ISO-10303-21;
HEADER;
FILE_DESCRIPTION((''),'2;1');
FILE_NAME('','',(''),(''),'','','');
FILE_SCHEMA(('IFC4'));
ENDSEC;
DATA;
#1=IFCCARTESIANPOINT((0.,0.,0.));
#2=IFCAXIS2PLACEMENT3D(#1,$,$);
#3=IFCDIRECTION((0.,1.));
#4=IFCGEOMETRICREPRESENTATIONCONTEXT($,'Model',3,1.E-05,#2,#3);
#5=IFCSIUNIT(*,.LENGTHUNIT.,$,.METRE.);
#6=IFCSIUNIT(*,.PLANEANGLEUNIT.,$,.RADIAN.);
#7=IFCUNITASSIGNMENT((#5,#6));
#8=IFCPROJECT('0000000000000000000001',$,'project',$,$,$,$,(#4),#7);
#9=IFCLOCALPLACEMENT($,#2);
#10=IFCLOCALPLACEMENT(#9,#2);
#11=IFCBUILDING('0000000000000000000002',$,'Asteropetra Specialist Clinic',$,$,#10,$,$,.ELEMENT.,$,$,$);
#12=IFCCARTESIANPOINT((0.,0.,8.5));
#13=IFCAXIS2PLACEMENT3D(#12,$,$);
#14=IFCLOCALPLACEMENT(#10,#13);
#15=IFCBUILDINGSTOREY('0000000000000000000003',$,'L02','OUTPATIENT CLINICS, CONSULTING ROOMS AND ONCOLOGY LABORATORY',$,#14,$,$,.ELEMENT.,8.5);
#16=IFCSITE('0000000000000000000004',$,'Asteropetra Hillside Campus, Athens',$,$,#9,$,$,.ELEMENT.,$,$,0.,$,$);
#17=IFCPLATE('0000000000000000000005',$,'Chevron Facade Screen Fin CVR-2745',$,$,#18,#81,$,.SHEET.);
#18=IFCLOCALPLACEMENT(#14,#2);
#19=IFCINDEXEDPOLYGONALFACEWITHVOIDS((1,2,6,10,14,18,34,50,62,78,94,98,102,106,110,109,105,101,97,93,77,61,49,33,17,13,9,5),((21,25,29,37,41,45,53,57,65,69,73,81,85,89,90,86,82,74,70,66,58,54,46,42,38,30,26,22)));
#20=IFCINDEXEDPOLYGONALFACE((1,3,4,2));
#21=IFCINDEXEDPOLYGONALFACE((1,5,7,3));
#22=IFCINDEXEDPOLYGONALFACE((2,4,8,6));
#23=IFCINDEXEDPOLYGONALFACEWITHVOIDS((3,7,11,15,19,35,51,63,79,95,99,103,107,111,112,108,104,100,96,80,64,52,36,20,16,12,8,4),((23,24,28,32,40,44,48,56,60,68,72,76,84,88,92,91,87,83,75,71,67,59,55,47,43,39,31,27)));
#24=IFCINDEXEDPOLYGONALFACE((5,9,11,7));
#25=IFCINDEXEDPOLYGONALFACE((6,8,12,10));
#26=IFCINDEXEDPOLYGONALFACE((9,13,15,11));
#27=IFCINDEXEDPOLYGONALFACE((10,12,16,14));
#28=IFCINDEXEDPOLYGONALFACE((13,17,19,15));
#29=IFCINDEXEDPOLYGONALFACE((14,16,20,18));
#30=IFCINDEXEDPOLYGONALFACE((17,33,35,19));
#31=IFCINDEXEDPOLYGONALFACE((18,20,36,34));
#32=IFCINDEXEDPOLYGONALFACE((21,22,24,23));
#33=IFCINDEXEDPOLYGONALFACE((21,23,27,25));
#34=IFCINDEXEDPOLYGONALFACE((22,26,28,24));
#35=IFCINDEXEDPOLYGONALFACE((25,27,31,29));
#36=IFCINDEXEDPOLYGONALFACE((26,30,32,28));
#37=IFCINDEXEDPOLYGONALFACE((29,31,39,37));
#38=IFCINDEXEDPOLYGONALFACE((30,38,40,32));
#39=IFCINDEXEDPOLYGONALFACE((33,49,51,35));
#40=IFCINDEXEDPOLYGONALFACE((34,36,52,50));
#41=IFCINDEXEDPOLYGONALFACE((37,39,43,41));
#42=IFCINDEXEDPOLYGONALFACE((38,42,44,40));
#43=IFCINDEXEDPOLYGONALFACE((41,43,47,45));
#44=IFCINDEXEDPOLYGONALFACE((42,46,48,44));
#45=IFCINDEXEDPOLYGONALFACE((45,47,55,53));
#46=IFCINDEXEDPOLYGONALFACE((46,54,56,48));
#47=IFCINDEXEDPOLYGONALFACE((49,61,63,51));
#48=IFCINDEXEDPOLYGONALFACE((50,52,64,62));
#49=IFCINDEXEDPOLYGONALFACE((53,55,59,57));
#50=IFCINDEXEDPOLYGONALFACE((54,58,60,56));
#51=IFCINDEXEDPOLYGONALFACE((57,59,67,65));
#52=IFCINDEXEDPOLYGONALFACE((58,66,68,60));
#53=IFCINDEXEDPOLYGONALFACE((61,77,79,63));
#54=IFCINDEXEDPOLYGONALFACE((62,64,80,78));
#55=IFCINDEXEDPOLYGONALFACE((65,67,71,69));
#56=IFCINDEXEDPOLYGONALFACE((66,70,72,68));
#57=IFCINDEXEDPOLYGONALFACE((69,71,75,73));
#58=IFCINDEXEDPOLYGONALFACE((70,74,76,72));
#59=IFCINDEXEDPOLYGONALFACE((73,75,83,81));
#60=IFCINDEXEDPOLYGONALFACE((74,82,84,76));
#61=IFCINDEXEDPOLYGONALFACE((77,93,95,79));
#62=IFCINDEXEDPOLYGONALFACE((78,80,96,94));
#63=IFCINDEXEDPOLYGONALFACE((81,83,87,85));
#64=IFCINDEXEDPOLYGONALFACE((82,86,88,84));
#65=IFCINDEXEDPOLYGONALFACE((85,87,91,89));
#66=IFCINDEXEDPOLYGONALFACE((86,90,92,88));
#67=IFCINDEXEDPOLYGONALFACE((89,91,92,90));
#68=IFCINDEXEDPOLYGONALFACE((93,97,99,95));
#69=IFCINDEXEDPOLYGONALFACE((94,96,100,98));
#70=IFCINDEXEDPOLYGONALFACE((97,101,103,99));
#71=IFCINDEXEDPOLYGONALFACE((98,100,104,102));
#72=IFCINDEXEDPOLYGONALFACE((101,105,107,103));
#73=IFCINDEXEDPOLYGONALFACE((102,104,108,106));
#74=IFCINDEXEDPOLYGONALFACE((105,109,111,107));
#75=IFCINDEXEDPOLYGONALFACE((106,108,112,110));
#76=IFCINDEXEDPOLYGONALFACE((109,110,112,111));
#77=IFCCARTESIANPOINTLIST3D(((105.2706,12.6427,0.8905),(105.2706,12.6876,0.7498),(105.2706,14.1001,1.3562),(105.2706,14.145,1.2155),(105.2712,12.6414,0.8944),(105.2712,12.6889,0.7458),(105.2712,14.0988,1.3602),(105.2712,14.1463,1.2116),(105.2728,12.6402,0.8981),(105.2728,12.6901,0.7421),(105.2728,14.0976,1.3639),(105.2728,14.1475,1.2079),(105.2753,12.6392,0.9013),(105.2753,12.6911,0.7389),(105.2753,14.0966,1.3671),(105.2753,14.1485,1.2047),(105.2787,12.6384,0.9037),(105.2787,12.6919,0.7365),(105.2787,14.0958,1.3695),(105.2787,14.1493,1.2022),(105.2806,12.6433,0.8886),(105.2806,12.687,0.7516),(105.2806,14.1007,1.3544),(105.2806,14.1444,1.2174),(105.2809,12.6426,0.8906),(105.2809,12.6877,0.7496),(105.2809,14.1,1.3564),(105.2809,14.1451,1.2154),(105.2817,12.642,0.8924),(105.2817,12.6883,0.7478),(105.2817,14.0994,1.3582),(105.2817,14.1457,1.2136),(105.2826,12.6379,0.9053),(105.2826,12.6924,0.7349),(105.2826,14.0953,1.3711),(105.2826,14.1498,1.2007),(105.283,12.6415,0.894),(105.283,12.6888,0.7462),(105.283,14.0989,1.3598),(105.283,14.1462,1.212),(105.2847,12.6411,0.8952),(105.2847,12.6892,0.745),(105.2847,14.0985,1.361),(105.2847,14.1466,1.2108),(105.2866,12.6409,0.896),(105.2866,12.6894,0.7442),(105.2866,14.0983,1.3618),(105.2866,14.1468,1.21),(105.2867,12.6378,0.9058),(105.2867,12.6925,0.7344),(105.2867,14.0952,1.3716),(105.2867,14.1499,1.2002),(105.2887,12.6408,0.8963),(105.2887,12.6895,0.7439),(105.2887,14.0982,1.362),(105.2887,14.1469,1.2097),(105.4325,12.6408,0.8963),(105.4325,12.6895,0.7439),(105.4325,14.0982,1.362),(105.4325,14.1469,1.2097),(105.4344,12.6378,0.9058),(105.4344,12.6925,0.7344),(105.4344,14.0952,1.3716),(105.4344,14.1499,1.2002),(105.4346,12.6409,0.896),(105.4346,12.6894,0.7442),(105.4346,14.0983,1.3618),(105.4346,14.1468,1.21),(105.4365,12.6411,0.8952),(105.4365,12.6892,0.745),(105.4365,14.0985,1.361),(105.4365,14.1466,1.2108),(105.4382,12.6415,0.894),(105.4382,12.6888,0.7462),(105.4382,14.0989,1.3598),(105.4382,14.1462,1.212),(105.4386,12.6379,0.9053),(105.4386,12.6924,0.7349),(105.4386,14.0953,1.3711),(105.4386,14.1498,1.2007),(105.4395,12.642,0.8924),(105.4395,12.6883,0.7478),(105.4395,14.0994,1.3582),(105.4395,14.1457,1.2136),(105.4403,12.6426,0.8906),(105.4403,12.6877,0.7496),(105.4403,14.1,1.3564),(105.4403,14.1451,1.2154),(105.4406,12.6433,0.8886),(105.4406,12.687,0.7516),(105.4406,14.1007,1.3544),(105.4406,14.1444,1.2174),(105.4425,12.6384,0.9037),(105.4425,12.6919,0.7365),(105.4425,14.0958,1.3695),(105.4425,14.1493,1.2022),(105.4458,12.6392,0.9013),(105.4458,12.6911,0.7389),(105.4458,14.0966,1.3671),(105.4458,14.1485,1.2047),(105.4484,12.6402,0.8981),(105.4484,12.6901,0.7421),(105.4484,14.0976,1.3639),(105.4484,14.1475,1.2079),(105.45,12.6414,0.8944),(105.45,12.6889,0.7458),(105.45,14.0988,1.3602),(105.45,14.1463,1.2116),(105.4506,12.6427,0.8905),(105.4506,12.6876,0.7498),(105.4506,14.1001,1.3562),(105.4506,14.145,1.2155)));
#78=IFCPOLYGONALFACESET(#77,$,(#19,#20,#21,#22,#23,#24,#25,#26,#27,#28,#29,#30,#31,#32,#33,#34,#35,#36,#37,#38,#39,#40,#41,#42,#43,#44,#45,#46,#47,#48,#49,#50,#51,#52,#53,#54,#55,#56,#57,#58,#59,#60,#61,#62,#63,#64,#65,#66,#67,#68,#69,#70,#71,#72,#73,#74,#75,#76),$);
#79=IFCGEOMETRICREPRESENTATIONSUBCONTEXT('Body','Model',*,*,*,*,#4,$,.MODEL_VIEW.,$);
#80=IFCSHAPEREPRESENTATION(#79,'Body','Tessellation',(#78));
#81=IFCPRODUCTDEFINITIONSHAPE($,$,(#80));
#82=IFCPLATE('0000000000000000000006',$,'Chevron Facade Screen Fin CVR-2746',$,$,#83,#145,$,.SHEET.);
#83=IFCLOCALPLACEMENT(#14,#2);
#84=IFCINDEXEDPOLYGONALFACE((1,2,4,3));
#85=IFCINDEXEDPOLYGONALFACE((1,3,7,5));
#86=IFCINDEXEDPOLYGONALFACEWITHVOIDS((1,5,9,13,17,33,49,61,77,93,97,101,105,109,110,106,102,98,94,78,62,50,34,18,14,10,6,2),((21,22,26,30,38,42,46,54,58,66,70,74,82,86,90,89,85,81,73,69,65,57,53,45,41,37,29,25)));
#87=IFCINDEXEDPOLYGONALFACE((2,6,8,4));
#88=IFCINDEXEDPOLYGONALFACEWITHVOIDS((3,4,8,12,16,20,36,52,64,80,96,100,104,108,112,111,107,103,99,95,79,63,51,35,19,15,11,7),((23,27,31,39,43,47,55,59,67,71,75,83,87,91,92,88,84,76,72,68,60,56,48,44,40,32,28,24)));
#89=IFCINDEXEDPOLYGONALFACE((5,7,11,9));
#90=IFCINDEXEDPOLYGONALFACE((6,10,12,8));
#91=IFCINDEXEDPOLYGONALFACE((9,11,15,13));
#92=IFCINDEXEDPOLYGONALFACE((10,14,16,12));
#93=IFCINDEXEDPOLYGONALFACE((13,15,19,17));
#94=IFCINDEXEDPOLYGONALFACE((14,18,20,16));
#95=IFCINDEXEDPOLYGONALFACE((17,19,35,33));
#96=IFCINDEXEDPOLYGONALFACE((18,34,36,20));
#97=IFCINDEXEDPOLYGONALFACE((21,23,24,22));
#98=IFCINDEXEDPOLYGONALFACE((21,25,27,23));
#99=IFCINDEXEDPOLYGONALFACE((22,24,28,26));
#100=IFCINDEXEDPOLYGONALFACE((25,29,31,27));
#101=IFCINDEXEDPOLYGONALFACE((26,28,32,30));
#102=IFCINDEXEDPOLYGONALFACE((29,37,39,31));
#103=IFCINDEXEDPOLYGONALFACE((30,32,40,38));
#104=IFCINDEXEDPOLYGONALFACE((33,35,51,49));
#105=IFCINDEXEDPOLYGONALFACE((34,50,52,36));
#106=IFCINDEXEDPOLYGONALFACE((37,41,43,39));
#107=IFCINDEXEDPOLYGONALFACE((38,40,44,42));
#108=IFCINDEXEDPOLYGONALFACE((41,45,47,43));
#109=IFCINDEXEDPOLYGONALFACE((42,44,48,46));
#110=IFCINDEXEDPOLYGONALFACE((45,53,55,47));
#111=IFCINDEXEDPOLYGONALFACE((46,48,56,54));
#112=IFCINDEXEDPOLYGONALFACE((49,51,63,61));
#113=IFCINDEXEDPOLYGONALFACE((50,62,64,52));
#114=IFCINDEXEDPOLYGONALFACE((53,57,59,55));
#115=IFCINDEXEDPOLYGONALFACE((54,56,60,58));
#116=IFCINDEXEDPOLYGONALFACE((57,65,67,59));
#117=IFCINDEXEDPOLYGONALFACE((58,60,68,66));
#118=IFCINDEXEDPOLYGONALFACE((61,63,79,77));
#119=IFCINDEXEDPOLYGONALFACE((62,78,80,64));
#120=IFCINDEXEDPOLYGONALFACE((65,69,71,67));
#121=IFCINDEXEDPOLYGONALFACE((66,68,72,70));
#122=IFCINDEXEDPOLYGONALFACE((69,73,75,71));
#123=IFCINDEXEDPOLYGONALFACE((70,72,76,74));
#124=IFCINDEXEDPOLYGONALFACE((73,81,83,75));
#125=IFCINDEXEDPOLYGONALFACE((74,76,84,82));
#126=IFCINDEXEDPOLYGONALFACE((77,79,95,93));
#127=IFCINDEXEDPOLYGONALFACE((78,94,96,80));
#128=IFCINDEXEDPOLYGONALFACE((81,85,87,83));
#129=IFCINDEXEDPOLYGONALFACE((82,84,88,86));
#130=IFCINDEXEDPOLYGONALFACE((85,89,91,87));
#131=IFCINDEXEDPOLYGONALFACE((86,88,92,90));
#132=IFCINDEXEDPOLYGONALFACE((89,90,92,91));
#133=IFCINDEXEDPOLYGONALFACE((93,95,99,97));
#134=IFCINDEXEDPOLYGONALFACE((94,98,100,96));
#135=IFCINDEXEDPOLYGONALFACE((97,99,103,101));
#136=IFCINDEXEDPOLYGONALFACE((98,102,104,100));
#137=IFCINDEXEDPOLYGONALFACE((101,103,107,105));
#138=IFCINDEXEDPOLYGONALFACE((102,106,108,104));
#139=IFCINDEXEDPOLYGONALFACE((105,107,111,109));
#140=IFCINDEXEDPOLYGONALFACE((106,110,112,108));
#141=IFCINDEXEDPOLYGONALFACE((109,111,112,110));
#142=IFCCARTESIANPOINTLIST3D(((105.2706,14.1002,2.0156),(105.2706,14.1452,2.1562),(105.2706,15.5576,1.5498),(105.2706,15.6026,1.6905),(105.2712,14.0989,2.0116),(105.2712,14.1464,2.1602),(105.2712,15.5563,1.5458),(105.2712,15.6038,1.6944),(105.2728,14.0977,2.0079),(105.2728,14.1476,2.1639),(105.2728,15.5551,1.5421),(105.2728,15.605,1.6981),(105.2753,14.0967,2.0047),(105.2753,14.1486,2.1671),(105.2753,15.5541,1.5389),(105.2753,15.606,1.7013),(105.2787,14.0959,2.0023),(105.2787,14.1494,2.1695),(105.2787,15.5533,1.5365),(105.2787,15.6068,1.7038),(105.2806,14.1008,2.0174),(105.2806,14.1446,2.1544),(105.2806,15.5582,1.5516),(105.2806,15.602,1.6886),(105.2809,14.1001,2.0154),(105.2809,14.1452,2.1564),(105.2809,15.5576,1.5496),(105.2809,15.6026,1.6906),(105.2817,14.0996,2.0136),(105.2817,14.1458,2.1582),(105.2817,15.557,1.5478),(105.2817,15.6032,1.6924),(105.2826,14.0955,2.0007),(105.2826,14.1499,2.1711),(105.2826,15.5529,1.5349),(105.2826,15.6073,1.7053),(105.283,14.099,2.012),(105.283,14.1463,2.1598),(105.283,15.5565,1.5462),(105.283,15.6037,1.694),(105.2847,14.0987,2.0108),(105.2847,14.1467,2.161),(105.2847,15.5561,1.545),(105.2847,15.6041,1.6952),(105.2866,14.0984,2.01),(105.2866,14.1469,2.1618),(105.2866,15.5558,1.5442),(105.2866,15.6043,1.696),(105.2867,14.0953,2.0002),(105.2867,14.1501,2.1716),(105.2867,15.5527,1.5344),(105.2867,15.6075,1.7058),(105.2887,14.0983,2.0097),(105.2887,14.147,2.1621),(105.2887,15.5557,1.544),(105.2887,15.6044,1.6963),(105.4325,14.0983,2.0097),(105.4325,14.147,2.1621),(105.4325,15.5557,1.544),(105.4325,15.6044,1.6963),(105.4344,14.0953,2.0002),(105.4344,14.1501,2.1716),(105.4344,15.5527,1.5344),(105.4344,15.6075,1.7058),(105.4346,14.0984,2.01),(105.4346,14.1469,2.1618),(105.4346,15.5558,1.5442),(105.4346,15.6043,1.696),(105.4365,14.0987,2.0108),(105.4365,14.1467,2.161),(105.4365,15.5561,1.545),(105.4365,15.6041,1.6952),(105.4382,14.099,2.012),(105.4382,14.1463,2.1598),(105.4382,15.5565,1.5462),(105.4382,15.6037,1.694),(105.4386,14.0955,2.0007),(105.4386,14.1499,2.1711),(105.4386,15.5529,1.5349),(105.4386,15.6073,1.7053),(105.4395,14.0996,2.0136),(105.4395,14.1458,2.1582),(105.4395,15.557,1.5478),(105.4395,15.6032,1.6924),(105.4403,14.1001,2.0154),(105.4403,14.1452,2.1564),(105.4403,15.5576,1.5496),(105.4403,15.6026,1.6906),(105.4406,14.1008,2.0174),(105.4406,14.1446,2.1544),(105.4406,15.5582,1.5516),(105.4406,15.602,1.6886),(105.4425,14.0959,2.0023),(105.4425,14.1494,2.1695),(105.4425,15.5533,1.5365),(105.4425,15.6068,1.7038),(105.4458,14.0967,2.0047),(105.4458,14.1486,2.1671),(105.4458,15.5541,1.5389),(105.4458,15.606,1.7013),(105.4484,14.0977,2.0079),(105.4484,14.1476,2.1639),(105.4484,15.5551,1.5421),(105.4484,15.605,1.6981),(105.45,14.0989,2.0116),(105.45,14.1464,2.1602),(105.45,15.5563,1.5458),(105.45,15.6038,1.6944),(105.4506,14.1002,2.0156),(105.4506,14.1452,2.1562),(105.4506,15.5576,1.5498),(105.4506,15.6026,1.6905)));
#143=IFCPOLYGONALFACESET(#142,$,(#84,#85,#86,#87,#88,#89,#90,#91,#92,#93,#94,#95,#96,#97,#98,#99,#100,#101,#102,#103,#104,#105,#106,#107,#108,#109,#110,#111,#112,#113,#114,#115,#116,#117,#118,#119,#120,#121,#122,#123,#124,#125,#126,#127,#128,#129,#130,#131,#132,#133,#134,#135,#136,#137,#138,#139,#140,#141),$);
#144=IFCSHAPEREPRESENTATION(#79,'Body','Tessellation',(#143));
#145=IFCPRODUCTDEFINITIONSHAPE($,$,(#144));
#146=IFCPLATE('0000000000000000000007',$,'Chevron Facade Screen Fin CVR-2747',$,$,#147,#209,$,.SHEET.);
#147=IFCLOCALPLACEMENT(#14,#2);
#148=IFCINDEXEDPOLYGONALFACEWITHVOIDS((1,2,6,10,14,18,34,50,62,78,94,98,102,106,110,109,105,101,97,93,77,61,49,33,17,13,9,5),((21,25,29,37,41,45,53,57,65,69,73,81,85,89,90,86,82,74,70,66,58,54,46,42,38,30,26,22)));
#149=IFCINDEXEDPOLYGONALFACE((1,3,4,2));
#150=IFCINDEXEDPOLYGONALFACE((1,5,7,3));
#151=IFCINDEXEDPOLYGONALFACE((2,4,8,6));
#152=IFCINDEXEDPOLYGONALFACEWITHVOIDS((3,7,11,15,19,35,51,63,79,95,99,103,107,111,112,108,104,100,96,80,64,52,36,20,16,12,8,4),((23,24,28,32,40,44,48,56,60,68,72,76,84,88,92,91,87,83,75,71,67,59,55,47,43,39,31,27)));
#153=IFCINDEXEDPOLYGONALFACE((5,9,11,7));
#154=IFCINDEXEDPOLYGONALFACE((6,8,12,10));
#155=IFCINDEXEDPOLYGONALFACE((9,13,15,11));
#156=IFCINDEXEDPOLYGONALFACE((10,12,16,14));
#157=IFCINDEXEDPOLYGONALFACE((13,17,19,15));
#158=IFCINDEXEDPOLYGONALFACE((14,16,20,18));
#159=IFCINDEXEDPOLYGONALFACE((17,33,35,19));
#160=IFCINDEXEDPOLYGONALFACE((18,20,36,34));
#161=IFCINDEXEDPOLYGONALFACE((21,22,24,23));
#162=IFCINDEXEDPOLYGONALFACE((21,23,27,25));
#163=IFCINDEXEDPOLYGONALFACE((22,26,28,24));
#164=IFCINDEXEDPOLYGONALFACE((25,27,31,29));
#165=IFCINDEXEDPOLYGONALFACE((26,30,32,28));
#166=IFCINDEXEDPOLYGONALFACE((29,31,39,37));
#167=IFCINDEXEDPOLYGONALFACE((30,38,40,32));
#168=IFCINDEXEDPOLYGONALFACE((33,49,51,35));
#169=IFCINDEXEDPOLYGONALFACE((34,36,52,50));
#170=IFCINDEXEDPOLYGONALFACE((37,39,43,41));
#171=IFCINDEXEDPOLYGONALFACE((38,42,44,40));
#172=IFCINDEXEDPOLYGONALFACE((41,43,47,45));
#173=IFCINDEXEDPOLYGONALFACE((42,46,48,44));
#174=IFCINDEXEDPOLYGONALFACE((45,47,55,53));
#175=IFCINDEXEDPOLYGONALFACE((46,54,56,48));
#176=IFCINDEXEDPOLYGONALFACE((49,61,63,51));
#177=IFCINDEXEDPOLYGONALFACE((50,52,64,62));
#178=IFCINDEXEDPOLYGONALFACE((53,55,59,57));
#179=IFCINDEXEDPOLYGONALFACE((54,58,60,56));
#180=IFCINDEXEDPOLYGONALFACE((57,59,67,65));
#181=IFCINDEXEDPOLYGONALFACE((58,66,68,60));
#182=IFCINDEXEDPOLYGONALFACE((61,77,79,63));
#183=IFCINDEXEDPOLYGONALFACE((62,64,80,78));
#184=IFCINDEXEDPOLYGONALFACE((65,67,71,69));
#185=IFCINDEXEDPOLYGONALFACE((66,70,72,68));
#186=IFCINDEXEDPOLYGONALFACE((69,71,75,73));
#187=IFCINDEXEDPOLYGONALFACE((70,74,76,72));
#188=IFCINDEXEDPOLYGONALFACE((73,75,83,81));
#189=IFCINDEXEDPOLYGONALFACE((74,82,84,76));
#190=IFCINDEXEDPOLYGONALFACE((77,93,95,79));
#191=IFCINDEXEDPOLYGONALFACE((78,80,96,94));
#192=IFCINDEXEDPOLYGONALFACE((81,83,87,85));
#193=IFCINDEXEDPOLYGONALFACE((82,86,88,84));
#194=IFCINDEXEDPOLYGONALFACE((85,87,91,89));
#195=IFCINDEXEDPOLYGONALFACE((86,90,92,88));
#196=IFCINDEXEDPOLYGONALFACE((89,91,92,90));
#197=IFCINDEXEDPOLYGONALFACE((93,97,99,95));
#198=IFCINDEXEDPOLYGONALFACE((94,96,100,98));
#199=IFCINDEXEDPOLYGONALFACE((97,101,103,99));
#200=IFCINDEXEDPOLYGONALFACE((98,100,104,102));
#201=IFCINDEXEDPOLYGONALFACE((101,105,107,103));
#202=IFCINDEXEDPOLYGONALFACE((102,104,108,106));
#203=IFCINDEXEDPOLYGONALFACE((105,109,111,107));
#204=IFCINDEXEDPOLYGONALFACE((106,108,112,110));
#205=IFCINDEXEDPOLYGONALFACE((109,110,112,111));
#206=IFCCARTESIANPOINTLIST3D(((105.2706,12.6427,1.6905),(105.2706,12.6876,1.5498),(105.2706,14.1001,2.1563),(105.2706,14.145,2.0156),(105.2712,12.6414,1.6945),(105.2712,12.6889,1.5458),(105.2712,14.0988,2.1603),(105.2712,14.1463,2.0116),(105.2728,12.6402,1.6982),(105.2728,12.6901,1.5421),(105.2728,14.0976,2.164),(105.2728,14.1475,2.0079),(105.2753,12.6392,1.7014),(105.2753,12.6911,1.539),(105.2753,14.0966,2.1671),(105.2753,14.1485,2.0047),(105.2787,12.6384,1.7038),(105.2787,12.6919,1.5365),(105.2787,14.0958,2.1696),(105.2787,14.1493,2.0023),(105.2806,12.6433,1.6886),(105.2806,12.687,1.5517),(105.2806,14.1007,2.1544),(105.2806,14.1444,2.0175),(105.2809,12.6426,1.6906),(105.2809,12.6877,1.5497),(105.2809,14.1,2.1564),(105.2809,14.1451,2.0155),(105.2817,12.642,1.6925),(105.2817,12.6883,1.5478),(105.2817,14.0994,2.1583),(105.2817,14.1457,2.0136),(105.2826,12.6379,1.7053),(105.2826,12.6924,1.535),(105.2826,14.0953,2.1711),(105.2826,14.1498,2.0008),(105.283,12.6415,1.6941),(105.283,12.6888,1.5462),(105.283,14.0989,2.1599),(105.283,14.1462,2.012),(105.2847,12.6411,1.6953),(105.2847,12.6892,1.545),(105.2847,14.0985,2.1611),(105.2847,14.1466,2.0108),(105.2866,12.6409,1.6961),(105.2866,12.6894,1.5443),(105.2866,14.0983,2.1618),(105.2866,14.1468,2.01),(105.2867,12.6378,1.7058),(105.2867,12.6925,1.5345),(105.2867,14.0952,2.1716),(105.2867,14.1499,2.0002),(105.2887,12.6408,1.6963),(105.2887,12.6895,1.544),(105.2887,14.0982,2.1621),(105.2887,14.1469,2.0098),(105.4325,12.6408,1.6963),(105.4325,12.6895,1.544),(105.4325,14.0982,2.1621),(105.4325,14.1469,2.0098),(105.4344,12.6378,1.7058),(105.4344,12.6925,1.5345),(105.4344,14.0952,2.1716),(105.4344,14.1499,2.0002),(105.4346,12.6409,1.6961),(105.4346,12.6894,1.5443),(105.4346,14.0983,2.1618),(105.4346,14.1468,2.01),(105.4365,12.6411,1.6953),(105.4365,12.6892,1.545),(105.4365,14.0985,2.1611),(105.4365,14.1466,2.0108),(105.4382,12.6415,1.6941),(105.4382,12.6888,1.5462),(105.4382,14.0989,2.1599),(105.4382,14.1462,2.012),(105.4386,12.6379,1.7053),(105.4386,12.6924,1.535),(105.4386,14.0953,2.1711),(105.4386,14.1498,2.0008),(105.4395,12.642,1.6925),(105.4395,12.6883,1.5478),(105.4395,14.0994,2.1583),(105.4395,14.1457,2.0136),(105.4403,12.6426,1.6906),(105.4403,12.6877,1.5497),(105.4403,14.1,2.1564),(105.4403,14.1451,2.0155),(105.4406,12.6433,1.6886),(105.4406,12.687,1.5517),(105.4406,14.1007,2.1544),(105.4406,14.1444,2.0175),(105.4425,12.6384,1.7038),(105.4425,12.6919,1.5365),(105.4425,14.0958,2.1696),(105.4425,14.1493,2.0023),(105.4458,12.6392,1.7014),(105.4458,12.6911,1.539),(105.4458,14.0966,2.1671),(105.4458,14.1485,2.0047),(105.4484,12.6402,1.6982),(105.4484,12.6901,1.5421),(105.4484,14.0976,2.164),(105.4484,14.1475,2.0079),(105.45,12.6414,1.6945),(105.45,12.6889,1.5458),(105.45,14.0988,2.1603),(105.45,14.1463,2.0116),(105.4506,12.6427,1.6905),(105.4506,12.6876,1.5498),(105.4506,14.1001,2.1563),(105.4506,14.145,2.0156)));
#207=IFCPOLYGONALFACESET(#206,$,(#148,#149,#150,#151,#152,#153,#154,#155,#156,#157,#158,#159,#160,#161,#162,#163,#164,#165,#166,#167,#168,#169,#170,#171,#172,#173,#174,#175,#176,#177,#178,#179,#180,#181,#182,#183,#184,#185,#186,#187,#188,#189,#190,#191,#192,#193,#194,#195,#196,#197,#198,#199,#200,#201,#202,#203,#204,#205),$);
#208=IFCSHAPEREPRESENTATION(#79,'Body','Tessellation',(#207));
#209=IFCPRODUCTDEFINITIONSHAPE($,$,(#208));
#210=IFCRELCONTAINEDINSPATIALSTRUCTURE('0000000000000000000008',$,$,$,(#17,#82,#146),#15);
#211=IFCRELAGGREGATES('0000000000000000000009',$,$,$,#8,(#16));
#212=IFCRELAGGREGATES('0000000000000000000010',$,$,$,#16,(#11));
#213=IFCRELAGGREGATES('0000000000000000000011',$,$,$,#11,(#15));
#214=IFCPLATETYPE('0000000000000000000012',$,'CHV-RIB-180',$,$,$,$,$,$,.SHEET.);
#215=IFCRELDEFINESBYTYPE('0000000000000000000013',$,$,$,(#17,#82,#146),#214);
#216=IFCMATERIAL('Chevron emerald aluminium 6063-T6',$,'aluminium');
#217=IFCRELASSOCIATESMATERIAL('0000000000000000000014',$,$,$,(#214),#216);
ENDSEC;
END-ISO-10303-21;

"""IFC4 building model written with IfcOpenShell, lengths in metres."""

from ifc_helpers import new_model, si_unit, direction, frame, origin, origin_2d, place, context, subcontext, project, spatial, hollow_rectangle, extrude, material, material_profile, profile_set, type_object, element, save


model = new_model("IFC4")

# Units and contexts
model_context = context("Model", 3, precision=1e-05, world=origin(), true_north=direction((0.0, 1.0)))
body_context = subcontext(model_context, "Body", "Model", "MODEL_VIEW")
ifc_project = project(units=[si_unit("LENGTHUNIT", "METRE"), si_unit("PLANEANGLEUNIT", "RADIAN")], contexts=[model_context])

# Site, building, storey
site_placement = place(None, origin())
site = spatial("IfcSite", under=ifc_project, at=site_placement, Name="Asteropetra Hillside Campus, Athens", CompositionType="ELEMENT", RefElevation=0.0)
building_placement = place(site_placement, origin())
building = spatial("IfcBuilding", under=site, at=building_placement, Name="Asteropetra Specialist Clinic", CompositionType="ELEMENT")
storey_placement = place(building_placement, frame((0.0, 0.0, 8.5)))
storey = spatial("IfcBuildingStorey", under=building, at=storey_placement, Name="L02", Description="OUTPATIENT CLINICS, CONSULTING ROOMS AND ONCOLOGY LABORATORY", CompositionType="ELEMENT", Elevation=8.5)

# Plates
ifc_material_1 = material(Name="Chevron emerald aluminium 6063-T6", Category="aluminium")
ifc_material_profile = material_profile(ifc_material_1, hollow_rectangle(XDim=0.1799, YDim=0.1799, WallThickness=0.01, InnerFilletRadius=0.0081, OuterFilletRadius=0.0161, at=origin_2d()), Name="SHS 180x180x10.0")
ifc_profile_set = profile_set([ifc_material_profile], Name="Chevron emerald aluminium 6063-T6")
plate_type = type_object("IfcPlateType", Name="CHV-RIB-180", PredefinedType="SHEET", material=ifc_profile_set)
for number, where, z_axis, x_axis, name in (
    (1, (105.3606, 14.1226, 1.2859), (0.0, -0.952535, -0.304428), (1.0, 0.0, 0.0), "Chevron Facade Screen Fin CVR-2745"),
    (2, (105.3606, 15.5801, 1.6201), (0.0, -0.952535, 0.304428), (1.0, 0.0, 0.0), "Chevron Facade Screen Fin CVR-2746"),
    (3, (105.3606, 14.1226, 2.0859), (0.0, -0.952535, -0.304428), (1.0, 0.0, 0.0), "Chevron Facade Screen Fin CVR-2747"),
):
    element("IfcPlate", number, at=place(storey_placement, frame(where, z_axis=z_axis, x_axis=x_axis)), inside=storey, type_object=plate_type, Name=name, PredefinedType="SHEET", context=body_context, shape_type="SweptSolid", body=[
        extrude(hollow_rectangle(XDim=0.1799, YDim=0.1799, WallThickness=0.01, InnerFilletRadius=0.0081, OuterFilletRadius=0.0161, at=origin_2d()), origin(), (0.0, 0.0, 1.0), 1.53),
    ])

save(model, "model.ifc")
